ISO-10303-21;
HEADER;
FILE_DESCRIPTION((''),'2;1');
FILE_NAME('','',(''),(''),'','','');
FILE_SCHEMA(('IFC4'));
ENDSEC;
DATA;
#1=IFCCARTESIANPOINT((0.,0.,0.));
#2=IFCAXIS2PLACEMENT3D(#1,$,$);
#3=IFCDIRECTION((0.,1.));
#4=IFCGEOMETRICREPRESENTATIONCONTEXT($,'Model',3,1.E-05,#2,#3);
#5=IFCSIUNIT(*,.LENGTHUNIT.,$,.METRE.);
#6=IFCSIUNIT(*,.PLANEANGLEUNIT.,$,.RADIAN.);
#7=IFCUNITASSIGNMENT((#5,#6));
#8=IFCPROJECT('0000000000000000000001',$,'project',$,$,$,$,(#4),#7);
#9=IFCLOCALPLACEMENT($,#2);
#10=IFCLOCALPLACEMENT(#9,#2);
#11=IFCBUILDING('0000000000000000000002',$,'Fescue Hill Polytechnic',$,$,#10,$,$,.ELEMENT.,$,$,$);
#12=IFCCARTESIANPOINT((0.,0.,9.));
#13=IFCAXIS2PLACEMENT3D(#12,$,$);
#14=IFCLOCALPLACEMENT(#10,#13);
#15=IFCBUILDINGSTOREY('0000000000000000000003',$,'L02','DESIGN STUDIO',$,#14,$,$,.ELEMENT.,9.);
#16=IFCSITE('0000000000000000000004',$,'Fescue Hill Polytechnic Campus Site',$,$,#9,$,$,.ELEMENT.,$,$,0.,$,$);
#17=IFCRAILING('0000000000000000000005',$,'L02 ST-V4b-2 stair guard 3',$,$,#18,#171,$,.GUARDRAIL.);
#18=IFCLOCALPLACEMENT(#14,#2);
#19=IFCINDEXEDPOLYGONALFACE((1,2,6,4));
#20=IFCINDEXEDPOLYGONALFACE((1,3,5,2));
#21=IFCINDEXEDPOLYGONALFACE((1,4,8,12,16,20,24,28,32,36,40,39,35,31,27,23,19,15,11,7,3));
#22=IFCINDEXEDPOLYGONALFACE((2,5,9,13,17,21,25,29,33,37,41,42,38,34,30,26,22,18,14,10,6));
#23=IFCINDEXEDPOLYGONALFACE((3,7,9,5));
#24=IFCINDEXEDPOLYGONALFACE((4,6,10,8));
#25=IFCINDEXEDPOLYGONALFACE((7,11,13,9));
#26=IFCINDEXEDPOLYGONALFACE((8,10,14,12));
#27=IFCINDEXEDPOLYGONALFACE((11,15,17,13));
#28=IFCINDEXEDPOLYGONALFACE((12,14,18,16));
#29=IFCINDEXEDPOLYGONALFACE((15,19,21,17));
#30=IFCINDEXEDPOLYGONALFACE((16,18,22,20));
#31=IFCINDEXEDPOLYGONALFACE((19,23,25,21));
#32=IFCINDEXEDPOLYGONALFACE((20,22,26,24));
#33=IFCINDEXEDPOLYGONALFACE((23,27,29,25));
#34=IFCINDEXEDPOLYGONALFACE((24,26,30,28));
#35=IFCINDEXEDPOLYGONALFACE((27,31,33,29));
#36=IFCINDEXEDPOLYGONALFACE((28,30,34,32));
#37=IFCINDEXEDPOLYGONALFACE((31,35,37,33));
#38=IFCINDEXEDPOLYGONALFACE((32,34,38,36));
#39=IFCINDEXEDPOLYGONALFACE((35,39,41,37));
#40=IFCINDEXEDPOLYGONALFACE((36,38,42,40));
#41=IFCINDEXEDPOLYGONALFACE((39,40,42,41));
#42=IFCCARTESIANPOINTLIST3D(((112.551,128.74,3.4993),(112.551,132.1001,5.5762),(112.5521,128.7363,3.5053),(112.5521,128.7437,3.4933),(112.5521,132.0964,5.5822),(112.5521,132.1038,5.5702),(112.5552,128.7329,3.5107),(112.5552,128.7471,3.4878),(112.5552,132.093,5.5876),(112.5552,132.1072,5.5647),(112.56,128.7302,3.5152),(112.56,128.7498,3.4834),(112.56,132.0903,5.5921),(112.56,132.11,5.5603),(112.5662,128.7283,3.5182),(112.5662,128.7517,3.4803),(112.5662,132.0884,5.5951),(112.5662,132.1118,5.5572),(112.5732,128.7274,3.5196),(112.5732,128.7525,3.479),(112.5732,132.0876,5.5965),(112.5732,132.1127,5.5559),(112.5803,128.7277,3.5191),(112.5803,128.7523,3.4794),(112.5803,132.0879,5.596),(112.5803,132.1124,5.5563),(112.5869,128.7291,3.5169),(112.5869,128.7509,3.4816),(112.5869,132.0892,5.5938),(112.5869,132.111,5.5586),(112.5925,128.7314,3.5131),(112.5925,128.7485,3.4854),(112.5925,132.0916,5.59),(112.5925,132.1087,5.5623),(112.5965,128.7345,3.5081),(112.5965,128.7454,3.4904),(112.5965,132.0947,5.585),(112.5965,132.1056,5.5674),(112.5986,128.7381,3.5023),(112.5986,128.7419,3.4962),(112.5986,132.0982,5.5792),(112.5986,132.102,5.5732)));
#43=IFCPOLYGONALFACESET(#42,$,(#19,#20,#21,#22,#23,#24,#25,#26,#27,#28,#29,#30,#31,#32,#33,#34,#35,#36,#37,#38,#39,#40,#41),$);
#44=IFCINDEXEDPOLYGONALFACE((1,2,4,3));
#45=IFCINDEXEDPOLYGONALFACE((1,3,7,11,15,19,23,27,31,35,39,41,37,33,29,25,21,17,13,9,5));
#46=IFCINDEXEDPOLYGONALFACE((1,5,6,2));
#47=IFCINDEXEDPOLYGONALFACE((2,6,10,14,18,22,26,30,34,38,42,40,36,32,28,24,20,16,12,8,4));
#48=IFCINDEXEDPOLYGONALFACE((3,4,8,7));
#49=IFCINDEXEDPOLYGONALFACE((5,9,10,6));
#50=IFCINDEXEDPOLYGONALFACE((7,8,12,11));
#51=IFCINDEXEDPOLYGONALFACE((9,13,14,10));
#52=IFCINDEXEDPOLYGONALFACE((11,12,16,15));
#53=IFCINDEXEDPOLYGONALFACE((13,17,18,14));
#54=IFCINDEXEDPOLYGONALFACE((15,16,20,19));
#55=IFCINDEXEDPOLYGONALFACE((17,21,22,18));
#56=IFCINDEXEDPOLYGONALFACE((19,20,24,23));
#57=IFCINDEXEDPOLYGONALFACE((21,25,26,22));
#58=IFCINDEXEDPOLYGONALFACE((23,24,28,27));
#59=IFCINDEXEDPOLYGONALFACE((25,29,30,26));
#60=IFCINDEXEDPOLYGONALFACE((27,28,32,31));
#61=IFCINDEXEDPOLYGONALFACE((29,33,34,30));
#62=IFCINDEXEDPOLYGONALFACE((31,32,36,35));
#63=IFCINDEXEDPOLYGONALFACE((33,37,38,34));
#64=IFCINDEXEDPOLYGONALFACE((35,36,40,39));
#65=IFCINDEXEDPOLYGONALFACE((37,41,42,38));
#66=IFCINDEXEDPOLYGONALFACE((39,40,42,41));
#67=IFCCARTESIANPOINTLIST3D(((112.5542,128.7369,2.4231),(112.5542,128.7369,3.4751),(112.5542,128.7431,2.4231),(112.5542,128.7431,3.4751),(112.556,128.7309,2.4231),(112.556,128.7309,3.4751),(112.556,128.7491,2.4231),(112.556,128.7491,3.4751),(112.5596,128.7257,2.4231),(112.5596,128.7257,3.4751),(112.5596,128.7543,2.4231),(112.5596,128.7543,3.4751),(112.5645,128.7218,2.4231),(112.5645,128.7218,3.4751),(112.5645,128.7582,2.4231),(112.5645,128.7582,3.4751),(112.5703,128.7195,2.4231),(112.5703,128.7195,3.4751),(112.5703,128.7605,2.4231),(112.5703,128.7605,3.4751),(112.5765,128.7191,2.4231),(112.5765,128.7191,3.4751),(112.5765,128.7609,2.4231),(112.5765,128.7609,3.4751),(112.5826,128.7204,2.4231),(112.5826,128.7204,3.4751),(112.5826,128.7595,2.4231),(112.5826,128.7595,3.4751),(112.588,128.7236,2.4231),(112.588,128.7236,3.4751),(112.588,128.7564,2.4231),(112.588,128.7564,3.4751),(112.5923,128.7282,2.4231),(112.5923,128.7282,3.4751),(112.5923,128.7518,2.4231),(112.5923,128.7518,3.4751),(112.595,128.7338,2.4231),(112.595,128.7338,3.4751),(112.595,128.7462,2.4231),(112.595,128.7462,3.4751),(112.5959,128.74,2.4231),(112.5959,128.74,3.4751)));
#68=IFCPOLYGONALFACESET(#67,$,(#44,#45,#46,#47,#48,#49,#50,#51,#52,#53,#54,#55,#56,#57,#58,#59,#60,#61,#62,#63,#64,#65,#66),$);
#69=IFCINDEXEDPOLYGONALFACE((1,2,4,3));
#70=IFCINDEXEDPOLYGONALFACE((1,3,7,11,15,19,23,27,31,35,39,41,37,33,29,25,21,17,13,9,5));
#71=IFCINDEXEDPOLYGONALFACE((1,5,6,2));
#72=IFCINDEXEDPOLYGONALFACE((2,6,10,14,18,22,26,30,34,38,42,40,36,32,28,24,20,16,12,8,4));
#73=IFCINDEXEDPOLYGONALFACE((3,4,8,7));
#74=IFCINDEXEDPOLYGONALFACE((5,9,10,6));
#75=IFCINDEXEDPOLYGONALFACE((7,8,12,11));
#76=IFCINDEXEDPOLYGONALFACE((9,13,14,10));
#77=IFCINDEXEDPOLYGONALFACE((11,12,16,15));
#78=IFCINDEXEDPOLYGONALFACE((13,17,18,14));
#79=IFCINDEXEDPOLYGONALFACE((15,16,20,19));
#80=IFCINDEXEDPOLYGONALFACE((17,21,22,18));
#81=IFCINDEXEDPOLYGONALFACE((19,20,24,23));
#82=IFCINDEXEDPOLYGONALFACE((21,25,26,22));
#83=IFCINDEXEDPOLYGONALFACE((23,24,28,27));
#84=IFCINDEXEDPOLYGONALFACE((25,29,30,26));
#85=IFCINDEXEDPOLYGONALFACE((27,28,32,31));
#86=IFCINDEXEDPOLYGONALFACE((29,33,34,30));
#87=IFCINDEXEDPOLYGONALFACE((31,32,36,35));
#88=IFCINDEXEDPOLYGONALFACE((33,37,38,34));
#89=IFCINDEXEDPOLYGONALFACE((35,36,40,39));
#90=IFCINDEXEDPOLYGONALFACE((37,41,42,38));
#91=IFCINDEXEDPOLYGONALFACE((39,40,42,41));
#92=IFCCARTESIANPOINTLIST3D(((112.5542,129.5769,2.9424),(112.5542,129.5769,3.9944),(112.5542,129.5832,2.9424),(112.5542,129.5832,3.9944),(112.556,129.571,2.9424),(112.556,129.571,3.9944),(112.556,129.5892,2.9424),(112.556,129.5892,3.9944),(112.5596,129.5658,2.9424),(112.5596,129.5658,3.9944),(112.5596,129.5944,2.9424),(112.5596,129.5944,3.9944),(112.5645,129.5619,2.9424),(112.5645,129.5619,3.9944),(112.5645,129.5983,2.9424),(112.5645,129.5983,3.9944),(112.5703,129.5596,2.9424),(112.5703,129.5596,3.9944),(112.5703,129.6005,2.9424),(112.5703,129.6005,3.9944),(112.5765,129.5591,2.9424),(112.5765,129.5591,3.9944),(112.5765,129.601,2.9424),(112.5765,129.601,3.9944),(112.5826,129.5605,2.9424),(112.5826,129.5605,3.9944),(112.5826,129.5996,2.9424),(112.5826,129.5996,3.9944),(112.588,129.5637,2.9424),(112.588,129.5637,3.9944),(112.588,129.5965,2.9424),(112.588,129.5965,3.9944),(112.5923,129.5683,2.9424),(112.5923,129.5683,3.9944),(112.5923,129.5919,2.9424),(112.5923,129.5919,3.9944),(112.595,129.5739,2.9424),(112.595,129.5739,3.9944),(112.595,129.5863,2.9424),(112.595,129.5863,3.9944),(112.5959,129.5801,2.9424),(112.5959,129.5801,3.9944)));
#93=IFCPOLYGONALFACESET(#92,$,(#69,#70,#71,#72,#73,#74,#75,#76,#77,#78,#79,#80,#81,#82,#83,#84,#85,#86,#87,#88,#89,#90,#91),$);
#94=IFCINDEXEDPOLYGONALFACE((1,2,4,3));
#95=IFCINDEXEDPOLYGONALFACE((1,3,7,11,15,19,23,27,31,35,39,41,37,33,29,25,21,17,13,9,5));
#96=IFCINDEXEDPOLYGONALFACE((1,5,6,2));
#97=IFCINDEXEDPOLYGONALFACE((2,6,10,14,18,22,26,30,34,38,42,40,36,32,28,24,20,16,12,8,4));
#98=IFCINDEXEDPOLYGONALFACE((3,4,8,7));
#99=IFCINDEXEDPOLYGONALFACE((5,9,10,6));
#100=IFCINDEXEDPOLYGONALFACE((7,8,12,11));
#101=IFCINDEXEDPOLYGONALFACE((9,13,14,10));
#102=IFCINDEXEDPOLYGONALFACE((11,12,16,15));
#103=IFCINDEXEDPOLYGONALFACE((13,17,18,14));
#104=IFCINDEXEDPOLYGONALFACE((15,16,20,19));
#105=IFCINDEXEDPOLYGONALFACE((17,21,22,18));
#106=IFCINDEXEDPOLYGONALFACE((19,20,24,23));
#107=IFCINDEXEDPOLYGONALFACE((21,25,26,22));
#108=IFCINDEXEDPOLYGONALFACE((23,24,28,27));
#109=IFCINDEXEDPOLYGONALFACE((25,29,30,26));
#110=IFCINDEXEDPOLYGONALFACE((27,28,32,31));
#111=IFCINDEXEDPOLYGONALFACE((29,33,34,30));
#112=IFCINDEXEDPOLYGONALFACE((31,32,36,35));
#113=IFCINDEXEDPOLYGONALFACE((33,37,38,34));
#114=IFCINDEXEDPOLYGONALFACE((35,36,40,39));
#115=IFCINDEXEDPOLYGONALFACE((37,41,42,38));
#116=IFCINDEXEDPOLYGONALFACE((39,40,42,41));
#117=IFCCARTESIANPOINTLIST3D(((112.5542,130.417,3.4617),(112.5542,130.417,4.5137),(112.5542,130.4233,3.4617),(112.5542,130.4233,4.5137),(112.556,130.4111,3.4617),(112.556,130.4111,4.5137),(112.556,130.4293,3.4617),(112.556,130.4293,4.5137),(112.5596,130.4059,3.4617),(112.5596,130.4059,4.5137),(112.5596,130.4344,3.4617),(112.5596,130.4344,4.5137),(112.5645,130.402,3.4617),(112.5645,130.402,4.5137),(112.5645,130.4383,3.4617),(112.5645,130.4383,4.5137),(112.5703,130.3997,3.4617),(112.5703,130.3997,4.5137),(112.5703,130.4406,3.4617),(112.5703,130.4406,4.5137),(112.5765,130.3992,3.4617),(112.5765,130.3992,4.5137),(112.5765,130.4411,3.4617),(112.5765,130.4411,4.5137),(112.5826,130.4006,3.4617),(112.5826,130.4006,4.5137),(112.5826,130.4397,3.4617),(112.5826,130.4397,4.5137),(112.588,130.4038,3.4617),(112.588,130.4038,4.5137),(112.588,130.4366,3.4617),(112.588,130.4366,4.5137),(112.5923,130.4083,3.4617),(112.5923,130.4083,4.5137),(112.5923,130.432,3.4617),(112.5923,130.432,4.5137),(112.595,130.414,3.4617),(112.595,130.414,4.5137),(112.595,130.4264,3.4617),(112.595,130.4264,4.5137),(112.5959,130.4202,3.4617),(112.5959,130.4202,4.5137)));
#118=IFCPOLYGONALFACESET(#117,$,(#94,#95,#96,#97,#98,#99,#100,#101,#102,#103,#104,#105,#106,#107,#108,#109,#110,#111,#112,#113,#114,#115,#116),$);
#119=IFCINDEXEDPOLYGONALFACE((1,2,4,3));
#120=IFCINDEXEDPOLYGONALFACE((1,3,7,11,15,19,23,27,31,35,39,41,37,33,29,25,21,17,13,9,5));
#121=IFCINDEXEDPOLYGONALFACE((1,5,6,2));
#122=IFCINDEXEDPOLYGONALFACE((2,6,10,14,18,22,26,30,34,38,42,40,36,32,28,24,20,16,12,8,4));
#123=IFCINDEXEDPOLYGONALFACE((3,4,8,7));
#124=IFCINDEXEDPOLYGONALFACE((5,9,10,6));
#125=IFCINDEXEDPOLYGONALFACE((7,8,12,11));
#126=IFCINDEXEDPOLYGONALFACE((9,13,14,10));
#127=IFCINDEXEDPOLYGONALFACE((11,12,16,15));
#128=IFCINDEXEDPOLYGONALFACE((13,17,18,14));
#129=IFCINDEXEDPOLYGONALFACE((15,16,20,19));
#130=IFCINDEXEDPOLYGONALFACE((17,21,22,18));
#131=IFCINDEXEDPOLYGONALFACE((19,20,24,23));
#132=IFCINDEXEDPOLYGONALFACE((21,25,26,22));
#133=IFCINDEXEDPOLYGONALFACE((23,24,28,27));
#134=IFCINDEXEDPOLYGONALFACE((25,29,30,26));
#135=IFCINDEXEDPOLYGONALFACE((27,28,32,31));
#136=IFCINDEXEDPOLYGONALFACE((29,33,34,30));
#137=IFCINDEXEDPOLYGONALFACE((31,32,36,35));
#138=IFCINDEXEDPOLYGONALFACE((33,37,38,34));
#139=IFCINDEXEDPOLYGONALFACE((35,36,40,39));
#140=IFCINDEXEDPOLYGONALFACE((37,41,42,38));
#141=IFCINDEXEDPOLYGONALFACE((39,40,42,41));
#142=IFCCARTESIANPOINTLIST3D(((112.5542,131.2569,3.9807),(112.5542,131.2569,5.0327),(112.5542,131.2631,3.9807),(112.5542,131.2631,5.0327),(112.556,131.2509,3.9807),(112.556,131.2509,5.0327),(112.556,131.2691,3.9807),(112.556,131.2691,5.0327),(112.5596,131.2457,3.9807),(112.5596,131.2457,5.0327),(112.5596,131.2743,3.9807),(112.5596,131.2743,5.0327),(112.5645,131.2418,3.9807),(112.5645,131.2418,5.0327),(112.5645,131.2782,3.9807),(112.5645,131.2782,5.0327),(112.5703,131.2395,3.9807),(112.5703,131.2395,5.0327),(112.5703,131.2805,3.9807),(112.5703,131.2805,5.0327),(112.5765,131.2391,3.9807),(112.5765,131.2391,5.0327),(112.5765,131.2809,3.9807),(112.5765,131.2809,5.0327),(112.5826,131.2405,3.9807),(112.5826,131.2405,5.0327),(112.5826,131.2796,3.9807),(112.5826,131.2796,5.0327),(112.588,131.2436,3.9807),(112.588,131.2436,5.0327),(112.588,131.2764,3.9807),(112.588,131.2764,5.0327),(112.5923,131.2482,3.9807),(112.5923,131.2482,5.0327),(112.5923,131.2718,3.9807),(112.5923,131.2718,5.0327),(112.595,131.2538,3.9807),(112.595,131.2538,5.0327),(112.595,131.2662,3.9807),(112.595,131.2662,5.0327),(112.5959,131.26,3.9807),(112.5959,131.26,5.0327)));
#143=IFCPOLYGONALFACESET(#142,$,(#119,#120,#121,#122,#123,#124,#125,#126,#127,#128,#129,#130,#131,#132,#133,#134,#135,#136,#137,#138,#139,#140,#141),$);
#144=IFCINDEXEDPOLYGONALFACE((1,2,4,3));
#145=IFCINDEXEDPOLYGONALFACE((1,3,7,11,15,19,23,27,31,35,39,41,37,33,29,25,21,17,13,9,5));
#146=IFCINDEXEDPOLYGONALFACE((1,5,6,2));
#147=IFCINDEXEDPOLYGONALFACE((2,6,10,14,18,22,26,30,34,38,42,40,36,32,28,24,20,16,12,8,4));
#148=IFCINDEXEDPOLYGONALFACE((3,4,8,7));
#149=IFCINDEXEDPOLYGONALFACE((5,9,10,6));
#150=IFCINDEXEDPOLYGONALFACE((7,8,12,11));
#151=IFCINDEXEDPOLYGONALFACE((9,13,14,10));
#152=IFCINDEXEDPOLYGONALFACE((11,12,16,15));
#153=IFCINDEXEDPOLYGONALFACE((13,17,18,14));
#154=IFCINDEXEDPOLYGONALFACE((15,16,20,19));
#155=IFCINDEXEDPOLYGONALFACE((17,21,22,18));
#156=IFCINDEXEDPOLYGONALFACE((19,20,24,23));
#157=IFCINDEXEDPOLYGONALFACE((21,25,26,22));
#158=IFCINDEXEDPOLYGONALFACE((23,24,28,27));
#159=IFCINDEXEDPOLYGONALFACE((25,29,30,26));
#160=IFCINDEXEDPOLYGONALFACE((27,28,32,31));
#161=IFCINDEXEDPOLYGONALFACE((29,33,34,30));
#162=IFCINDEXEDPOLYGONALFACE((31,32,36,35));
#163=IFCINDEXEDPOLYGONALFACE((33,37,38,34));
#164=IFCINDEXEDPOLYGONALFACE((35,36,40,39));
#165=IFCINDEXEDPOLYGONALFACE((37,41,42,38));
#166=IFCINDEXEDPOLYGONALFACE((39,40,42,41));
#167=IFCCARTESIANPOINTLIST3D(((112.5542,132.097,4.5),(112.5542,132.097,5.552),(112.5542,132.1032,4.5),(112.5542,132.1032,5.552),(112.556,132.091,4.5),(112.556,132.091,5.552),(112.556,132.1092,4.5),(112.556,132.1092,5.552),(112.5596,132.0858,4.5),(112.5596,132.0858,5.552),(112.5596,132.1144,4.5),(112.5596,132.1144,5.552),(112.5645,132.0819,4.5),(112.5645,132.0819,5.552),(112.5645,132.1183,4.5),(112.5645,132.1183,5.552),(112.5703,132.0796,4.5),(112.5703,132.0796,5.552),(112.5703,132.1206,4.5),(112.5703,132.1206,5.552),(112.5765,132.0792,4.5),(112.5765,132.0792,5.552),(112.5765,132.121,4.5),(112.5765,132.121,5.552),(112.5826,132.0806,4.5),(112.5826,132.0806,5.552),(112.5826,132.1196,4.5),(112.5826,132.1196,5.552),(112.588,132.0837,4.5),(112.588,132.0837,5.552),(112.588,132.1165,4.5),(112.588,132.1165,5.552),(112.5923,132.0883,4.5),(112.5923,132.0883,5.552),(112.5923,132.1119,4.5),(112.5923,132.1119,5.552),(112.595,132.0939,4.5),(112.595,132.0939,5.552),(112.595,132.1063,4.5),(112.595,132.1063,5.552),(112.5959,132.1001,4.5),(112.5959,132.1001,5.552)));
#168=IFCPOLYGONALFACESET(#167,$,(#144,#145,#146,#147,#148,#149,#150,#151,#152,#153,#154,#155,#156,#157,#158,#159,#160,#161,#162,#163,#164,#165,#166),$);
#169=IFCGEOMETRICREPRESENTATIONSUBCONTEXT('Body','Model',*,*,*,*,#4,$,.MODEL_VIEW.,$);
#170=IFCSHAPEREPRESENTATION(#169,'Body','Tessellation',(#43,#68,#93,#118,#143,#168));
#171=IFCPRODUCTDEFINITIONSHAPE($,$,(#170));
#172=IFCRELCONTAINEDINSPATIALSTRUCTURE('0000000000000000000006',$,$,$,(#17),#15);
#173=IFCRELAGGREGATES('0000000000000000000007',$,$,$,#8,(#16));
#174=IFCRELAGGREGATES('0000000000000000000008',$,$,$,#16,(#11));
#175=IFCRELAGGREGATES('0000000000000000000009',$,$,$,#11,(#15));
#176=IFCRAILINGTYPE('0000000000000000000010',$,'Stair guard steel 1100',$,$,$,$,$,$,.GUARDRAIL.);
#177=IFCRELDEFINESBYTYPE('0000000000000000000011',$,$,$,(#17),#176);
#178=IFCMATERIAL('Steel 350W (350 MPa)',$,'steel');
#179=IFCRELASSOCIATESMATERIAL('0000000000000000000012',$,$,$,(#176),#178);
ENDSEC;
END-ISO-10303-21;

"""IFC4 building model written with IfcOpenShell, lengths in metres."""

from ifc_helpers import new_model, si_unit, direction, frame, origin, origin_2d, place, context, subcontext, project, spatial, circle, extrude, material, type_object, element, save


model = new_model("IFC4")

# Units and contexts
model_context = context("Model", 3, precision=1e-05, world=origin(), true_north=direction((0.0, 1.0)))
body_context = subcontext(model_context, "Body", "Model", "MODEL_VIEW")
ifc_project = project(units=[si_unit("LENGTHUNIT", "METRE"), si_unit("PLANEANGLEUNIT", "RADIAN")], contexts=[model_context])

# Site, building, storey
site_placement = place(None, origin())
site = spatial("IfcSite", under=ifc_project, at=site_placement, Name="Fescue Hill Polytechnic Campus Site", CompositionType="ELEMENT", RefElevation=0.0)
building_placement = place(site_placement, origin())
building = spatial("IfcBuilding", under=site, at=building_placement, Name="Fescue Hill Polytechnic", CompositionType="ELEMENT")
storey_placement = place(building_placement, frame((0.0, 0.0, 9.0)))
storey = spatial("IfcBuildingStorey", under=building, at=storey_placement, Name="L02", Description="DESIGN STUDIO", CompositionType="ELEMENT", Elevation=9.0)

# Railing
ifc_material_1 = material(Name="Steel 350W (350 MPa)", Category="steel")
railing_type_1 = type_object("IfcRailingType", Name="Stair guard steel 1100", PredefinedType="GUARDRAIL", material=ifc_material_1)
railing_1_placement = place(storey_placement, frame((112.575, 128.74, 2.4231)))
element("IfcRailing", 1, at=railing_1_placement, inside=storey, type_object=railing_type_1, Name="L02 ST-V4b-2 stair guard 3", PredefinedType="GUARDRAIL", context=body_context, shape_type="SweptSolid", body=[
    extrude(circle(Radius=0.0239, at=origin_2d()), frame((0.0, 0.0, 1.0762), z_axis=(0.0, 0.850623, 0.525776), x_axis=(-1.0, 0.0, 0.0)), (0.0, 0.0, 1.0), 3.9502),
    extrude(circle(Radius=0.021, at=origin_2d()), origin(), (0.0, 0.0, 1.0), 1.052),
    extrude(circle(Radius=0.021, at=origin_2d()), frame((0.0, 0.8401, 0.5193)), (0.0, 0.0, 1.0), 1.052),
    extrude(circle(Radius=0.021, at=origin_2d()), frame((0.0, 1.6802, 1.0386)), (0.0, 0.0, 1.0), 1.052),
    extrude(circle(Radius=0.021, at=origin_2d()), frame((0.0, 2.52, 1.5576)), (0.0, 0.0, 1.0), 1.052),
    extrude(circle(Radius=0.021, at=origin_2d()), frame((0.0, 3.3601, 2.0769)), (0.0, 0.0, 1.0), 1.052),
])

save(model, "model.ifc")
